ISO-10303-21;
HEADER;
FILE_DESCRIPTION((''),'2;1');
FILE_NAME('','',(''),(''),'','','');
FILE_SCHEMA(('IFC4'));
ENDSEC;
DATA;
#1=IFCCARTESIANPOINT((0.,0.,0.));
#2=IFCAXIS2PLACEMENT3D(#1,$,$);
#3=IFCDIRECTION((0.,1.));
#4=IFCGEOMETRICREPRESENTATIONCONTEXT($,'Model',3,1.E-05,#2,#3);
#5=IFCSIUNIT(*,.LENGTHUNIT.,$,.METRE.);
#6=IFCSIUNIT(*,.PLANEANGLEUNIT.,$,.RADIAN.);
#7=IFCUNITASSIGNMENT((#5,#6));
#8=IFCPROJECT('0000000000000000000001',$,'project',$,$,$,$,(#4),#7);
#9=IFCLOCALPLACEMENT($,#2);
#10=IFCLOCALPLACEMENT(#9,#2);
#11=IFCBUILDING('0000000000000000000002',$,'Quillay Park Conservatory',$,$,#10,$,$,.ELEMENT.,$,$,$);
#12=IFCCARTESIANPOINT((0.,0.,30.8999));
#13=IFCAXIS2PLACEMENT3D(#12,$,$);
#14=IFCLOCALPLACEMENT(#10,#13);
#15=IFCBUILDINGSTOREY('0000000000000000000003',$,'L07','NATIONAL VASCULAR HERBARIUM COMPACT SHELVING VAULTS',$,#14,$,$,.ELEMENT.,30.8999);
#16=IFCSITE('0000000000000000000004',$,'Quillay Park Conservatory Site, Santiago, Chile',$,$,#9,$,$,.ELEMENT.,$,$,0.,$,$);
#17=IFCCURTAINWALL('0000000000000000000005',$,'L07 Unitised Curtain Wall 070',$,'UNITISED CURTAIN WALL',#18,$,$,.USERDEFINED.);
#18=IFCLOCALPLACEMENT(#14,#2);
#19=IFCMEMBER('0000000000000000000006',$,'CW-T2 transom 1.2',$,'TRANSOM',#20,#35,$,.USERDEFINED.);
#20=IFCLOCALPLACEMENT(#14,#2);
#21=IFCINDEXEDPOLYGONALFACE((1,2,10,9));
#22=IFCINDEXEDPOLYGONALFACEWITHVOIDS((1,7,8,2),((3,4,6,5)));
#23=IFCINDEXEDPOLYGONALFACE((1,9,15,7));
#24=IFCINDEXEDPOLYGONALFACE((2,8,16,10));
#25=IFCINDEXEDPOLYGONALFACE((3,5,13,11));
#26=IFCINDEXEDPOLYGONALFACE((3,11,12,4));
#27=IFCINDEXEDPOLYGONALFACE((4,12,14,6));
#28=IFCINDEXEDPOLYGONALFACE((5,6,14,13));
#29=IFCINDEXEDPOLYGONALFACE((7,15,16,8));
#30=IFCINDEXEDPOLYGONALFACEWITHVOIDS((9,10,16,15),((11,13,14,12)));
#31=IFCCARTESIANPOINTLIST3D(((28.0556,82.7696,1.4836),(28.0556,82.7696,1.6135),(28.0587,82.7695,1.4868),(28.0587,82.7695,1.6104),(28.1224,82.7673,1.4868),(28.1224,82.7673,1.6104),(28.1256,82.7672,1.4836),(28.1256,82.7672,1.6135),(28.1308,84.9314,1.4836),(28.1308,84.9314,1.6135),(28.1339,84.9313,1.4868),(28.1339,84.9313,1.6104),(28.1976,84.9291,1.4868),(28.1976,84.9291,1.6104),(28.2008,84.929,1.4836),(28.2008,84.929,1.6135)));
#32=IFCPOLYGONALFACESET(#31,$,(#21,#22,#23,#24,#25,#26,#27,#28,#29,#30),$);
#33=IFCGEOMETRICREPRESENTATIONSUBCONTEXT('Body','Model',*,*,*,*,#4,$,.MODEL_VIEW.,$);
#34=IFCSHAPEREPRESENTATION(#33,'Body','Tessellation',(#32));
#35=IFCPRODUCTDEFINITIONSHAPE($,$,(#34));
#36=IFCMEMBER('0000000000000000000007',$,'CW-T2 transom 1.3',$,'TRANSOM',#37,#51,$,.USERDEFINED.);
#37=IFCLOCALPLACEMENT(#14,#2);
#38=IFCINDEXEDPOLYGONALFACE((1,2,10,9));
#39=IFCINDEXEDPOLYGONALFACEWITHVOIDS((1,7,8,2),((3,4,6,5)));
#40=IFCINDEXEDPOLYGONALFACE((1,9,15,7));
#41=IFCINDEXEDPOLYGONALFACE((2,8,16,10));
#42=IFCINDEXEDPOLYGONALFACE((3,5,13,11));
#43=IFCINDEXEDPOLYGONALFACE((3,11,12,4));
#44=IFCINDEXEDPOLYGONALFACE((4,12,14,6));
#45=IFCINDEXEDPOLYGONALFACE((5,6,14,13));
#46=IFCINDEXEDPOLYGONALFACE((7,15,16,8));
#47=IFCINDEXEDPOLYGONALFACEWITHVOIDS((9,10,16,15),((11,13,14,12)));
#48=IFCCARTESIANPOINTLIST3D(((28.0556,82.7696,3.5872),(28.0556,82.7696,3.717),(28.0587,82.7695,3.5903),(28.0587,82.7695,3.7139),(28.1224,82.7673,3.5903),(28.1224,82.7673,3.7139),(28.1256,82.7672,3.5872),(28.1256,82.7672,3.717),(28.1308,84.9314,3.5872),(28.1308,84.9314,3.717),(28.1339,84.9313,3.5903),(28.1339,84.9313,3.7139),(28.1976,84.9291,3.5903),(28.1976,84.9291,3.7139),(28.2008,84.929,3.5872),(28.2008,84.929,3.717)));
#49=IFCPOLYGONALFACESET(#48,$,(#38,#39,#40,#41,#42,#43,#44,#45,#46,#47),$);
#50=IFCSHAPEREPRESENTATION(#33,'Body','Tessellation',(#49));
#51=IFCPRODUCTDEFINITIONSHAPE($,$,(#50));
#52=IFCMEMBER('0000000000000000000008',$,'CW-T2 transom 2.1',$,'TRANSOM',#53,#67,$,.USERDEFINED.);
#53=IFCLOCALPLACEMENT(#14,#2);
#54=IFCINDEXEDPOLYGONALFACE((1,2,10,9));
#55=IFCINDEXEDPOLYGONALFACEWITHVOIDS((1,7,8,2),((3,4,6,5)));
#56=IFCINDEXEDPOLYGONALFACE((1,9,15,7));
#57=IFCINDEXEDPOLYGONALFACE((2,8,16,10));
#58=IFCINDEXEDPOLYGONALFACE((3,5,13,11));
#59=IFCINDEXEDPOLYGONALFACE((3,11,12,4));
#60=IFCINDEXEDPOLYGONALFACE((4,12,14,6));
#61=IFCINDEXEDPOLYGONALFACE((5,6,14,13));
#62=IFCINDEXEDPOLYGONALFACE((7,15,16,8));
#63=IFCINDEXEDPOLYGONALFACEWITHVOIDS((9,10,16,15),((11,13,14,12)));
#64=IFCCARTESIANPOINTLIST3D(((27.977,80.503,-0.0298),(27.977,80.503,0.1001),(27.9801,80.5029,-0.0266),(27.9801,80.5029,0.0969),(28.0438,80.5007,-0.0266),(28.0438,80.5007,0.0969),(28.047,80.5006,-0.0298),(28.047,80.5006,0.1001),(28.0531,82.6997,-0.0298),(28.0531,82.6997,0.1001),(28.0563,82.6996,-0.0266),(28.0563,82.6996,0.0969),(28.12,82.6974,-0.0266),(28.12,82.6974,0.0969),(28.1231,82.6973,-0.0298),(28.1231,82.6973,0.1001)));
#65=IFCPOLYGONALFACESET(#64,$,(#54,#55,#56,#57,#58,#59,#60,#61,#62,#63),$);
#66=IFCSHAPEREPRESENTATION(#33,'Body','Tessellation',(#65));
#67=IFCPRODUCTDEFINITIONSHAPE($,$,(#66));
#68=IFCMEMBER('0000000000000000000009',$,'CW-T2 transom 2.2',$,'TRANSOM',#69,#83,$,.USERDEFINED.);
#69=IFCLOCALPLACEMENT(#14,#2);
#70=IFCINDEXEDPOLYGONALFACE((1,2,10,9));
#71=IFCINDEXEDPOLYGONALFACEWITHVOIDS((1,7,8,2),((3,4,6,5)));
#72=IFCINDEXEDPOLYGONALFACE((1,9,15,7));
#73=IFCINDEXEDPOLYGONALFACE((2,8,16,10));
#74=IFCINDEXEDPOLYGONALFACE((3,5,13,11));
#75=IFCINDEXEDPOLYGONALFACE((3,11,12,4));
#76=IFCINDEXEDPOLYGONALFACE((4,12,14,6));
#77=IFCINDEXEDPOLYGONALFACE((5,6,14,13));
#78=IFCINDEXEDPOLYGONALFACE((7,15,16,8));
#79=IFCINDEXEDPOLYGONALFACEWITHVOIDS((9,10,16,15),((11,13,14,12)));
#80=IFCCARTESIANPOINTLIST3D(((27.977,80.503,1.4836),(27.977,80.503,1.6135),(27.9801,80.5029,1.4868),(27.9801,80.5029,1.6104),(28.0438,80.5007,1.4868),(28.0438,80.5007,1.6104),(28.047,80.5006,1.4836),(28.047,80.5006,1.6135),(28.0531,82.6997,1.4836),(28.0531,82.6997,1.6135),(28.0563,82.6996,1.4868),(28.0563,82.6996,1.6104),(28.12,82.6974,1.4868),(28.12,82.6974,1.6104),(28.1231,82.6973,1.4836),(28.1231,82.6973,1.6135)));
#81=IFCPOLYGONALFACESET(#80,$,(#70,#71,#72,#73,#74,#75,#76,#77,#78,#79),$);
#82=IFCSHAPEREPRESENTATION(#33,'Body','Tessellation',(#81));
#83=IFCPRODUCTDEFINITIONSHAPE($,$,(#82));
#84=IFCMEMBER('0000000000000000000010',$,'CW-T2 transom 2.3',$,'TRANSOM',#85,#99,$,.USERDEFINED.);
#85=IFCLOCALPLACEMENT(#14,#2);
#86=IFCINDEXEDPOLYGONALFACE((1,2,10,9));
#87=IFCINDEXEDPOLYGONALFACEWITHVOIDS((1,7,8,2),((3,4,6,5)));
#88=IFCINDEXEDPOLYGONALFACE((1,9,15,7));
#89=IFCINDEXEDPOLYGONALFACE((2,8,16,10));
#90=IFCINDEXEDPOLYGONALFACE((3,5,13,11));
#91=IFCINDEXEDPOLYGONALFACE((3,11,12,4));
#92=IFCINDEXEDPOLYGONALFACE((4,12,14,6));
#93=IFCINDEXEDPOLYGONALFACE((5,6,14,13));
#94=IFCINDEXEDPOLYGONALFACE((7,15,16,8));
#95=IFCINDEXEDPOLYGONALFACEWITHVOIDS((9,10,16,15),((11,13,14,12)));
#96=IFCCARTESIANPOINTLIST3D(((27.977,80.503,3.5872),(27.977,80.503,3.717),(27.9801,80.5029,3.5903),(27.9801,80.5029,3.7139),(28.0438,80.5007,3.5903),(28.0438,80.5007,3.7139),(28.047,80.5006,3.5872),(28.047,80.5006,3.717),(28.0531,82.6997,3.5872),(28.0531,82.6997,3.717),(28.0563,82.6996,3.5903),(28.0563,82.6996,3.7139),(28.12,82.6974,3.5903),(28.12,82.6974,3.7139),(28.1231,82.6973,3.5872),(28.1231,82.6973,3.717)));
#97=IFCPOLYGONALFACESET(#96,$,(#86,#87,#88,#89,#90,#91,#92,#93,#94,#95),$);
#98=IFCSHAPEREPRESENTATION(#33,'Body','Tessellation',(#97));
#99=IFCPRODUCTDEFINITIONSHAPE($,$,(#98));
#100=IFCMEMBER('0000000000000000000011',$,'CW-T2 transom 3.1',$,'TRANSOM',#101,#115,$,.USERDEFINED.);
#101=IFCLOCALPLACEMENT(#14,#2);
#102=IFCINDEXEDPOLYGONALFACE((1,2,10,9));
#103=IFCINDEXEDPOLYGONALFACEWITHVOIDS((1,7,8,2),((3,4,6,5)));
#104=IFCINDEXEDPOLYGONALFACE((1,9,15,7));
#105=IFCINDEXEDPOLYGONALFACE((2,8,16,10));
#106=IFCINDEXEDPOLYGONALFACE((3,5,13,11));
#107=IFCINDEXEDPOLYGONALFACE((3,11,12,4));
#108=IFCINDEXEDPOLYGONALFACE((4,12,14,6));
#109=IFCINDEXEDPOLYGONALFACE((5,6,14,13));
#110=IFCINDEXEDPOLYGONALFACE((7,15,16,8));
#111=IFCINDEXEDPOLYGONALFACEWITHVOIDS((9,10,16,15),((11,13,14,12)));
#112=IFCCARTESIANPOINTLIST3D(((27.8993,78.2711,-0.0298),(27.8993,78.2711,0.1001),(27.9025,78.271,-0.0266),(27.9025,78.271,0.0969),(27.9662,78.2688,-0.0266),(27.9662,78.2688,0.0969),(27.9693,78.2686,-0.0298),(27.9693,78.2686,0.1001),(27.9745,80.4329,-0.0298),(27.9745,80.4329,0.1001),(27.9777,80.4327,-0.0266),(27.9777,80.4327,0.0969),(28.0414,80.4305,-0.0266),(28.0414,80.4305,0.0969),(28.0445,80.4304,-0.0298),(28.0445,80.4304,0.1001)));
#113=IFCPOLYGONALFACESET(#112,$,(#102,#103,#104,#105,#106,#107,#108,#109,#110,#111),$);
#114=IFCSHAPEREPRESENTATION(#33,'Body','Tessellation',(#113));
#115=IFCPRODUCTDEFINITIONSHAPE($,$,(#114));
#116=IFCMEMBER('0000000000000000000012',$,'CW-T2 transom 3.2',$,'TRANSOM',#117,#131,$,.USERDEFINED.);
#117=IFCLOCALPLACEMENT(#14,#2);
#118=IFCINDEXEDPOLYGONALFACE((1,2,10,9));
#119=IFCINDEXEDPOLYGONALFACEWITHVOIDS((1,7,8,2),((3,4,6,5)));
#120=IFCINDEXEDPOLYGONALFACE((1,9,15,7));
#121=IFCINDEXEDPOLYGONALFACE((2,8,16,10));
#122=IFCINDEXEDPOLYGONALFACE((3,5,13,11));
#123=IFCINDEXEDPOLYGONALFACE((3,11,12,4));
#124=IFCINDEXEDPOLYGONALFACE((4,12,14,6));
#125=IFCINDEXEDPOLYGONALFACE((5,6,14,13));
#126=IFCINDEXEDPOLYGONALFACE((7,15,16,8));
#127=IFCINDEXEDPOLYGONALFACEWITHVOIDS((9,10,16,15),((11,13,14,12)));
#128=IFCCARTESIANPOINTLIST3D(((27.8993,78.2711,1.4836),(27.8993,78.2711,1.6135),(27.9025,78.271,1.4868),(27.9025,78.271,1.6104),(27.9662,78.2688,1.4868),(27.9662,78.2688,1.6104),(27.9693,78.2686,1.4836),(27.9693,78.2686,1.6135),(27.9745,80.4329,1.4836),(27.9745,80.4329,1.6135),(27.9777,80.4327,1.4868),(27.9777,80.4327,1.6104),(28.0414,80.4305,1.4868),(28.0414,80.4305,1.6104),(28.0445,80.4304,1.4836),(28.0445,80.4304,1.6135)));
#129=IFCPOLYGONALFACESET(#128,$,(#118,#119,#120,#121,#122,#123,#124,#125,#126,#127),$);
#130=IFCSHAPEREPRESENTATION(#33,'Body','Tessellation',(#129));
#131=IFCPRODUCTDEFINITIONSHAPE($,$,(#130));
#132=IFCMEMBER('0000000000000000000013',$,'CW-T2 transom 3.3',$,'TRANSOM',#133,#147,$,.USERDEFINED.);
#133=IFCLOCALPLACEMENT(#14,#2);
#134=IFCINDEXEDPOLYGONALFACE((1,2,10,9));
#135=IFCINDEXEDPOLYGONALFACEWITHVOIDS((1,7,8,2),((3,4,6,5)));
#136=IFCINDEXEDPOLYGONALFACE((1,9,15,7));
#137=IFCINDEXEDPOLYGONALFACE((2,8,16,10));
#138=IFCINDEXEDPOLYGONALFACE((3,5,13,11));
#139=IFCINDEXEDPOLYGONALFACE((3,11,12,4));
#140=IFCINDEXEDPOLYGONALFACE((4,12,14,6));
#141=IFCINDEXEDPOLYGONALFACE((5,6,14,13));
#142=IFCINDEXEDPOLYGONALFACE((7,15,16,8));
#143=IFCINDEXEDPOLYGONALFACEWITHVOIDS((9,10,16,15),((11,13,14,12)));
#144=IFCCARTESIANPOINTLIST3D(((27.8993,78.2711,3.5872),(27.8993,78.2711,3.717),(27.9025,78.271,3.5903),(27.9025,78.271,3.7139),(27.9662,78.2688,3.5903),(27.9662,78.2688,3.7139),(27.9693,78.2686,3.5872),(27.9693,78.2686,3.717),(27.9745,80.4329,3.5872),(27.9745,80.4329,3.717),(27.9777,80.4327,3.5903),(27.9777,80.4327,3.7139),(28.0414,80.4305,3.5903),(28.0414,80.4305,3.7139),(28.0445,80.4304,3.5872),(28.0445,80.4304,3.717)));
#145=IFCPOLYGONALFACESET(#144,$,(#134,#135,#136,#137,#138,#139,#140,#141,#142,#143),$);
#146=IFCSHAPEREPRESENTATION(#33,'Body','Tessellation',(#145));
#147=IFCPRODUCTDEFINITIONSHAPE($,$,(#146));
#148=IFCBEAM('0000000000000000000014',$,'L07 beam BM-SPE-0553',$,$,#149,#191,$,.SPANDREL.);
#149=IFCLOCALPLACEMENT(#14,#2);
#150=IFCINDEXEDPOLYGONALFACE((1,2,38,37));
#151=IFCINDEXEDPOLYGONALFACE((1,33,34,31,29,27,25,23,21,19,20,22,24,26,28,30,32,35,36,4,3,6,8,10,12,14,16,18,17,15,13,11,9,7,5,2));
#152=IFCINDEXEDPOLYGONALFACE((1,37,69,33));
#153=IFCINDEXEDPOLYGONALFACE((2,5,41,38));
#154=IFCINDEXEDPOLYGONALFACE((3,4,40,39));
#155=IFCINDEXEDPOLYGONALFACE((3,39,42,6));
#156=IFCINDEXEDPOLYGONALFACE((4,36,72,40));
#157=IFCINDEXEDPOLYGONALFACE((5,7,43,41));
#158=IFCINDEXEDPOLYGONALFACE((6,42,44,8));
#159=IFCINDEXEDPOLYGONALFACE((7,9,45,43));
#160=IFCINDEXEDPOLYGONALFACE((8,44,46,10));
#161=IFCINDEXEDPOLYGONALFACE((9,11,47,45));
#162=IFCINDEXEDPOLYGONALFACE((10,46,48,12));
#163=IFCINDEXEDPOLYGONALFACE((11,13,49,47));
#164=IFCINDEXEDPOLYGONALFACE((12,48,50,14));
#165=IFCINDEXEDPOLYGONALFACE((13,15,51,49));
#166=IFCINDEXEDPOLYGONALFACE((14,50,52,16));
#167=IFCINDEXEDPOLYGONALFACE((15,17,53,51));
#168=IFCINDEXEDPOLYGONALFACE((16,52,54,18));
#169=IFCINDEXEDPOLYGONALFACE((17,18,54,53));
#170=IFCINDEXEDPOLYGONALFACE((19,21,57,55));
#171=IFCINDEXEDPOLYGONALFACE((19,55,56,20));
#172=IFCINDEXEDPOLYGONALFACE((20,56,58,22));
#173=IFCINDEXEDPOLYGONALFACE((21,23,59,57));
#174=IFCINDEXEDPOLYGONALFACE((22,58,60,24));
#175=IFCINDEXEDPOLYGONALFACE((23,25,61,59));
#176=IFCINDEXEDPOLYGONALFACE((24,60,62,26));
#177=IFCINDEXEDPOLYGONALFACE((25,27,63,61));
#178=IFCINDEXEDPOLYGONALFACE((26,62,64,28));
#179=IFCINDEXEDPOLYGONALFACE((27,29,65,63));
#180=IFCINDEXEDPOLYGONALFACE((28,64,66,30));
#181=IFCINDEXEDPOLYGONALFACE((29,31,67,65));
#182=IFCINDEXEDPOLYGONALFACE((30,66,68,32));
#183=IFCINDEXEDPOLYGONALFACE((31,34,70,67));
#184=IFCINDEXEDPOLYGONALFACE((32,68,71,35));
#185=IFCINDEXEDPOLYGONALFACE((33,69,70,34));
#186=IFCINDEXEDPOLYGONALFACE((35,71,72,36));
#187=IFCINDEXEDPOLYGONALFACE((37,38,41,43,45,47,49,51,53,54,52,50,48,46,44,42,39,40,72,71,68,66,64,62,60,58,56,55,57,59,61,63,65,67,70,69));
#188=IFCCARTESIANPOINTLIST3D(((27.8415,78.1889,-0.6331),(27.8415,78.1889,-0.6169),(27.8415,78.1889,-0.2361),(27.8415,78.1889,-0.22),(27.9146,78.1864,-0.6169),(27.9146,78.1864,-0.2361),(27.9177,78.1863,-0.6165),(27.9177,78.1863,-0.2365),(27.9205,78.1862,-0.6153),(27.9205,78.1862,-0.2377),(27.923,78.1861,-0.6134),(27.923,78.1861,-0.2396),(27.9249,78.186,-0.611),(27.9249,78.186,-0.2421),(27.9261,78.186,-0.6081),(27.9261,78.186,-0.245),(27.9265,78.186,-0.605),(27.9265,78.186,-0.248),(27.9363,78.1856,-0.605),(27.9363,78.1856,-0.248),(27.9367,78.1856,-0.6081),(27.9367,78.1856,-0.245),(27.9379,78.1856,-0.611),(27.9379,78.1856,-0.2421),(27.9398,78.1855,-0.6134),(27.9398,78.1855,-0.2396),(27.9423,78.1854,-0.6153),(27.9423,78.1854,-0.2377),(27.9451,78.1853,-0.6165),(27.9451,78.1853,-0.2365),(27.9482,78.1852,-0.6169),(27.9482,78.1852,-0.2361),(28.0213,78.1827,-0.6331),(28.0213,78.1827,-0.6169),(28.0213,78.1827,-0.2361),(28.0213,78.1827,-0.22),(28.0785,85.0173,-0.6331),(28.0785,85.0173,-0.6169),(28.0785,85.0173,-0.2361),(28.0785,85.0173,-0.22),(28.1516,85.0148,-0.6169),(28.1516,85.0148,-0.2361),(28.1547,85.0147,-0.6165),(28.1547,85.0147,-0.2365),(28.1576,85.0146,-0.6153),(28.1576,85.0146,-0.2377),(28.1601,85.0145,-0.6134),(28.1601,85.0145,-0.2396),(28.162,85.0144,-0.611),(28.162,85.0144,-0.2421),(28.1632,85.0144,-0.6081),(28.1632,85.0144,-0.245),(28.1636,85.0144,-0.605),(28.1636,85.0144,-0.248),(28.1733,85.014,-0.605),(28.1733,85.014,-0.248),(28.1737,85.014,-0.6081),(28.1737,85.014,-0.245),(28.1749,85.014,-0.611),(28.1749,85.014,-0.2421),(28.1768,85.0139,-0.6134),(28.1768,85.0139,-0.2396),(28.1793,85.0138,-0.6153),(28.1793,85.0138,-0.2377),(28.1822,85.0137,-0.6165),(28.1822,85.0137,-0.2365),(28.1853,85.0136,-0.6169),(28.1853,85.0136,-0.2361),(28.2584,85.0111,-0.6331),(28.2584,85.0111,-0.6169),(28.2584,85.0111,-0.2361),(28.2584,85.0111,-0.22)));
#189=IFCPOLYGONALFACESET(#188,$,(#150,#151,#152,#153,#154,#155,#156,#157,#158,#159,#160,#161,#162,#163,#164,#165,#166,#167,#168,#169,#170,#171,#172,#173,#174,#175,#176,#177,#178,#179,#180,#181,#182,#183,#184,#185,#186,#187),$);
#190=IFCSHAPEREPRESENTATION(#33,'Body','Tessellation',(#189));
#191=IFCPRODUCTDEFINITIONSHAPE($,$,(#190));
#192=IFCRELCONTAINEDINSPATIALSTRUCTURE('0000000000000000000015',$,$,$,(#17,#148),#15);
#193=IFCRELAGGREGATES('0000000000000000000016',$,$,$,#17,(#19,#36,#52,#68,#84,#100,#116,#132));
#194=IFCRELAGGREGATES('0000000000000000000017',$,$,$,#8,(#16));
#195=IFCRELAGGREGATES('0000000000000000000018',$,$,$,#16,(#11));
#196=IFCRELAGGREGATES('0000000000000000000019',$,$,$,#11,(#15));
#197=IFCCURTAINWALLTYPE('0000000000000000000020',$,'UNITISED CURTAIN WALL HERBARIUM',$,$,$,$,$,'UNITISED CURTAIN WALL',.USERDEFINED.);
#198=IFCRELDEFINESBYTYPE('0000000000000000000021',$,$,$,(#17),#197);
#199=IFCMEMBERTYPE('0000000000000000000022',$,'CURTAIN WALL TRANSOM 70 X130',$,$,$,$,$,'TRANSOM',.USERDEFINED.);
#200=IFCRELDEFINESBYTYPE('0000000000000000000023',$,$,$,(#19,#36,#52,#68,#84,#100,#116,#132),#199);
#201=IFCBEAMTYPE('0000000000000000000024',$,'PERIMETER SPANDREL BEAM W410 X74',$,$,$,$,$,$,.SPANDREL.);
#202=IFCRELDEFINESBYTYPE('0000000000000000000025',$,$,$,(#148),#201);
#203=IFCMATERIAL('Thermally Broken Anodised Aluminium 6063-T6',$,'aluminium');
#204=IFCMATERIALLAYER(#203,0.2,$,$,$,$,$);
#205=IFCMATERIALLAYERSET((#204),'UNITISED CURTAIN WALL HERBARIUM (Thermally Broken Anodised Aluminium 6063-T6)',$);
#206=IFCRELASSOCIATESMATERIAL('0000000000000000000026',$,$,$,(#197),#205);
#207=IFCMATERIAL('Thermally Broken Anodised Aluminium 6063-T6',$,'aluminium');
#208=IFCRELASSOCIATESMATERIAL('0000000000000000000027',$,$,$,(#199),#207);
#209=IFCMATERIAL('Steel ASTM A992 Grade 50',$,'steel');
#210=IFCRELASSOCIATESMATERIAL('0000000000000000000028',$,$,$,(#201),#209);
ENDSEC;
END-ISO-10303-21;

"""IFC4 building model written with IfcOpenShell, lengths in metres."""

from ifc_helpers import new_model, si_unit, direction, frame, origin, origin_2d, place, context, subcontext, project, spatial, hollow_rectangle, i_section, extrude, material, layer, layer_set, material_profile, profile_set, type_object, element, aggregate, save


model = new_model("IFC4")

# Units and contexts
model_context = context("Model", 3, precision=1e-05, world=origin(), true_north=direction((0.0, 1.0)))
body_context = subcontext(model_context, "Body", "Model", "MODEL_VIEW")
ifc_project = project(units=[si_unit("LENGTHUNIT", "METRE"), si_unit("PLANEANGLEUNIT", "RADIAN")], contexts=[model_context])

# Site, building, storey
site_placement = place(None, origin())
site = spatial("IfcSite", under=ifc_project, at=site_placement, Name="Quillay Park Conservatory Site, Santiago, Chile", CompositionType="ELEMENT", RefElevation=0.0)
building_placement = place(site_placement, origin())
building = spatial("IfcBuilding", under=site, at=building_placement, Name="Quillay Park Conservatory", CompositionType="ELEMENT")
storey_placement = place(building_placement, frame((0.0, 0.0, 30.8999)))
storey = spatial("IfcBuildingStorey", under=building, at=storey_placement, Name="L07", Description="NATIONAL VASCULAR HERBARIUM COMPACT SHELVING VAULTS", CompositionType="ELEMENT", Elevation=30.8999)

# Curtain wall, members
ifc_material_1 = material(Name="Thermally Broken Anodised Aluminium 6063-T6", Category="aluminium")
ifc_layer_1 = layer(ifc_material_1, 0.2)
ifc_layer_set_1 = layer_set([ifc_layer_1], Name="UNITISED CURTAIN WALL HERBARIUM (Thermally Broken Anodised Aluminium 6063-T6)")
curtain_wall_type = type_object("IfcCurtainWallType", Name="UNITISED CURTAIN WALL HERBARIUM", ElementType="UNITISED CURTAIN WALL", PredefinedType="USERDEFINED", material=ifc_layer_set_1)
curtain_wall_placement = place(storey_placement, origin())
curtain_wall = element("IfcCurtainWall", 1, at=curtain_wall_placement, inside=storey, type_object=curtain_wall_type, Name="L07 Unitised Curtain Wall 070", ObjectType="UNITISED CURTAIN WALL", PredefinedType="USERDEFINED")
ifc_material_2 = material(Name="Thermally Broken Anodised Aluminium 6063-T6", Category="aluminium")
ifc_material_profile_1 = material_profile(ifc_material_2, hollow_rectangle(XDim=0.0701, YDim=0.1299, WallThickness=0.0032, at=origin_2d()), Name="AL70x130x3.2")
ifc_profile_set_1 = profile_set([ifc_material_profile_1], Name="Thermally Broken Anodised Aluminium 6063-T6")
member_type_1 = type_object("IfcMemberType", Name="CURTAIN WALL TRANSOM 70 X130", ElementType="TRANSOM", PredefinedType="USERDEFINED", material=ifc_profile_set_1)
member_1_placement = place(storey_placement, frame((28.1658, 84.9302, 1.5486), z_axis=(-0.034762, -0.999396, 0.0), x_axis=(0.999396, -0.034762, 0.0)))
member_1 = element("IfcMember", 2, at=member_1_placement, type_object=member_type_1, Name="CW-T2 transom 1.2", ObjectType="TRANSOM", PredefinedType="USERDEFINED", context=body_context, shape_type="SweptSolid", body=[
    extrude(hollow_rectangle(XDim=0.0701, YDim=0.1299, WallThickness=0.0032, at=origin_2d()), origin(), (0.0, 0.0, 1.0), 2.1631),
])
member_2_placement = place(storey_placement, frame((28.1658, 84.9302, 3.6521), z_axis=(-0.034762, -0.999396, 0.0), x_axis=(0.999396, -0.034762, 0.0)))
member_2 = element("IfcMember", 3, at=member_2_placement, type_object=member_type_1, Name="CW-T2 transom 1.3", ObjectType="TRANSOM", PredefinedType="USERDEFINED", context=body_context, shape_type="SweptSolid", body=[
    extrude(hollow_rectangle(XDim=0.0701, YDim=0.1299, WallThickness=0.0032, at=origin_2d()), origin(), (0.0, 0.0, 1.0), 2.1631),
])
member_3_placement = place(storey_placement, frame((28.0881, 82.6985, 0.0352), z_axis=(-0.034654, -0.999399, 0.0), x_axis=(0.999399, -0.034654, 0.0)))
member_3 = element("IfcMember", 4, at=member_3_placement, type_object=member_type_1, Name="CW-T2 transom 2.1", ObjectType="TRANSOM", PredefinedType="USERDEFINED", context=body_context, shape_type="SweptSolid", body=[
    extrude(hollow_rectangle(XDim=0.0701, YDim=0.1299, WallThickness=0.0032, at=origin_2d()), origin(), (0.0, 0.0, 1.0), 2.198),
])
member_4_placement = place(storey_placement, frame((28.0881, 82.6985, 1.5486), z_axis=(-0.034654, -0.999399, 0.0), x_axis=(0.999399, -0.034654, 0.0)))
member_4 = element("IfcMember", 5, at=member_4_placement, type_object=member_type_1, Name="CW-T2 transom 2.2", ObjectType="TRANSOM", PredefinedType="USERDEFINED", context=body_context, shape_type="SweptSolid", body=[
    extrude(hollow_rectangle(XDim=0.0701, YDim=0.1299, WallThickness=0.0032, at=origin_2d()), origin(), (0.0, 0.0, 1.0), 2.198),
])
member_5_placement = place(storey_placement, frame((28.0881, 82.6985, 3.6521), z_axis=(-0.034654, -0.999399, 0.0), x_axis=(0.999399, -0.034654, 0.0)))
member_5 = element("IfcMember", 6, at=member_5_placement, type_object=member_type_1, Name="CW-T2 transom 2.3", ObjectType="TRANSOM", PredefinedType="USERDEFINED", context=body_context, shape_type="SweptSolid", body=[
    extrude(hollow_rectangle(XDim=0.0701, YDim=0.1299, WallThickness=0.0032, at=origin_2d()), origin(), (0.0, 0.0, 1.0), 2.198),
])
member_6_placement = place(storey_placement, frame((28.0095, 80.4316, 0.0352), z_axis=(-0.034762, -0.999396, 0.0), x_axis=(0.999396, -0.034762, 0.0)))
member_6 = element("IfcMember", 7, at=member_6_placement, type_object=member_type_1, Name="CW-T2 transom 3.1", ObjectType="TRANSOM", PredefinedType="USERDEFINED", context=body_context, shape_type="SweptSolid", body=[
    extrude(hollow_rectangle(XDim=0.0701, YDim=0.1299, WallThickness=0.0032, at=origin_2d()), origin(), (0.0, 0.0, 1.0), 2.1631),
])
member_7_placement = place(storey_placement, frame((28.0095, 80.4316, 1.5486), z_axis=(-0.034762, -0.999396, 0.0), x_axis=(0.999396, -0.034762, 0.0)))
member_7 = element("IfcMember", 8, at=member_7_placement, type_object=member_type_1, Name="CW-T2 transom 3.2", ObjectType="TRANSOM", PredefinedType="USERDEFINED", context=body_context, shape_type="SweptSolid", body=[
    extrude(hollow_rectangle(XDim=0.0701, YDim=0.1299, WallThickness=0.0032, at=origin_2d()), origin(), (0.0, 0.0, 1.0), 2.1631),
])
member_8_placement = place(storey_placement, frame((28.0095, 80.4316, 3.6521), z_axis=(-0.034762, -0.999396, 0.0), x_axis=(0.999396, -0.034762, 0.0)))
member_8 = element("IfcMember", 9, at=member_8_placement, type_object=member_type_1, Name="CW-T2 transom 3.3", ObjectType="TRANSOM", PredefinedType="USERDEFINED", context=body_context, shape_type="SweptSolid", body=[
    extrude(hollow_rectangle(XDim=0.0701, YDim=0.1299, WallThickness=0.0032, at=origin_2d()), origin(), (0.0, 0.0, 1.0), 2.1631),
])

# Beam
ifc_material_3 = material(Name="Steel ASTM A992 Grade 50", Category="steel")
ifc_material_profile_2 = material_profile(ifc_material_3, i_section(OverallWidth=0.1799, OverallDepth=0.4131, WebThickness=0.0098, FlangeThickness=0.0161, FilletRadius=0.012, at=origin_2d()), Name="W410x74")
ifc_profile_set_2 = profile_set([ifc_material_profile_2], Name="Steel ASTM A992 Grade 50")
beam_type_1 = type_object("IfcBeamType", Name="PERIMETER SPANDREL BEAM W410 X74", PredefinedType="SPANDREL", material=ifc_profile_set_2)
beam_1_placement = place(storey_placement, frame((27.9314, 78.1858, -0.4265), z_axis=(0.034696, 0.999398, 0.0), x_axis=(-0.999398, 0.034696, 0.0)))
element("IfcBeam", 10, at=beam_1_placement, inside=storey, type_object=beam_type_1, Name="L07 beam BM-SPE-0553", PredefinedType="SPANDREL", context=body_context, shape_type="SweptSolid", body=[
    extrude(i_section(OverallWidth=0.1799, OverallDepth=0.4131, WebThickness=0.0098, FlangeThickness=0.0161, FilletRadius=0.012, at=origin_2d()), origin(), (0.0, 0.0, 1.0), 6.8325),
])

aggregate(curtain_wall, [member_1, member_2, member_3, member_4, member_5, member_6, member_7, member_8])

save(model, "model.ifc")
